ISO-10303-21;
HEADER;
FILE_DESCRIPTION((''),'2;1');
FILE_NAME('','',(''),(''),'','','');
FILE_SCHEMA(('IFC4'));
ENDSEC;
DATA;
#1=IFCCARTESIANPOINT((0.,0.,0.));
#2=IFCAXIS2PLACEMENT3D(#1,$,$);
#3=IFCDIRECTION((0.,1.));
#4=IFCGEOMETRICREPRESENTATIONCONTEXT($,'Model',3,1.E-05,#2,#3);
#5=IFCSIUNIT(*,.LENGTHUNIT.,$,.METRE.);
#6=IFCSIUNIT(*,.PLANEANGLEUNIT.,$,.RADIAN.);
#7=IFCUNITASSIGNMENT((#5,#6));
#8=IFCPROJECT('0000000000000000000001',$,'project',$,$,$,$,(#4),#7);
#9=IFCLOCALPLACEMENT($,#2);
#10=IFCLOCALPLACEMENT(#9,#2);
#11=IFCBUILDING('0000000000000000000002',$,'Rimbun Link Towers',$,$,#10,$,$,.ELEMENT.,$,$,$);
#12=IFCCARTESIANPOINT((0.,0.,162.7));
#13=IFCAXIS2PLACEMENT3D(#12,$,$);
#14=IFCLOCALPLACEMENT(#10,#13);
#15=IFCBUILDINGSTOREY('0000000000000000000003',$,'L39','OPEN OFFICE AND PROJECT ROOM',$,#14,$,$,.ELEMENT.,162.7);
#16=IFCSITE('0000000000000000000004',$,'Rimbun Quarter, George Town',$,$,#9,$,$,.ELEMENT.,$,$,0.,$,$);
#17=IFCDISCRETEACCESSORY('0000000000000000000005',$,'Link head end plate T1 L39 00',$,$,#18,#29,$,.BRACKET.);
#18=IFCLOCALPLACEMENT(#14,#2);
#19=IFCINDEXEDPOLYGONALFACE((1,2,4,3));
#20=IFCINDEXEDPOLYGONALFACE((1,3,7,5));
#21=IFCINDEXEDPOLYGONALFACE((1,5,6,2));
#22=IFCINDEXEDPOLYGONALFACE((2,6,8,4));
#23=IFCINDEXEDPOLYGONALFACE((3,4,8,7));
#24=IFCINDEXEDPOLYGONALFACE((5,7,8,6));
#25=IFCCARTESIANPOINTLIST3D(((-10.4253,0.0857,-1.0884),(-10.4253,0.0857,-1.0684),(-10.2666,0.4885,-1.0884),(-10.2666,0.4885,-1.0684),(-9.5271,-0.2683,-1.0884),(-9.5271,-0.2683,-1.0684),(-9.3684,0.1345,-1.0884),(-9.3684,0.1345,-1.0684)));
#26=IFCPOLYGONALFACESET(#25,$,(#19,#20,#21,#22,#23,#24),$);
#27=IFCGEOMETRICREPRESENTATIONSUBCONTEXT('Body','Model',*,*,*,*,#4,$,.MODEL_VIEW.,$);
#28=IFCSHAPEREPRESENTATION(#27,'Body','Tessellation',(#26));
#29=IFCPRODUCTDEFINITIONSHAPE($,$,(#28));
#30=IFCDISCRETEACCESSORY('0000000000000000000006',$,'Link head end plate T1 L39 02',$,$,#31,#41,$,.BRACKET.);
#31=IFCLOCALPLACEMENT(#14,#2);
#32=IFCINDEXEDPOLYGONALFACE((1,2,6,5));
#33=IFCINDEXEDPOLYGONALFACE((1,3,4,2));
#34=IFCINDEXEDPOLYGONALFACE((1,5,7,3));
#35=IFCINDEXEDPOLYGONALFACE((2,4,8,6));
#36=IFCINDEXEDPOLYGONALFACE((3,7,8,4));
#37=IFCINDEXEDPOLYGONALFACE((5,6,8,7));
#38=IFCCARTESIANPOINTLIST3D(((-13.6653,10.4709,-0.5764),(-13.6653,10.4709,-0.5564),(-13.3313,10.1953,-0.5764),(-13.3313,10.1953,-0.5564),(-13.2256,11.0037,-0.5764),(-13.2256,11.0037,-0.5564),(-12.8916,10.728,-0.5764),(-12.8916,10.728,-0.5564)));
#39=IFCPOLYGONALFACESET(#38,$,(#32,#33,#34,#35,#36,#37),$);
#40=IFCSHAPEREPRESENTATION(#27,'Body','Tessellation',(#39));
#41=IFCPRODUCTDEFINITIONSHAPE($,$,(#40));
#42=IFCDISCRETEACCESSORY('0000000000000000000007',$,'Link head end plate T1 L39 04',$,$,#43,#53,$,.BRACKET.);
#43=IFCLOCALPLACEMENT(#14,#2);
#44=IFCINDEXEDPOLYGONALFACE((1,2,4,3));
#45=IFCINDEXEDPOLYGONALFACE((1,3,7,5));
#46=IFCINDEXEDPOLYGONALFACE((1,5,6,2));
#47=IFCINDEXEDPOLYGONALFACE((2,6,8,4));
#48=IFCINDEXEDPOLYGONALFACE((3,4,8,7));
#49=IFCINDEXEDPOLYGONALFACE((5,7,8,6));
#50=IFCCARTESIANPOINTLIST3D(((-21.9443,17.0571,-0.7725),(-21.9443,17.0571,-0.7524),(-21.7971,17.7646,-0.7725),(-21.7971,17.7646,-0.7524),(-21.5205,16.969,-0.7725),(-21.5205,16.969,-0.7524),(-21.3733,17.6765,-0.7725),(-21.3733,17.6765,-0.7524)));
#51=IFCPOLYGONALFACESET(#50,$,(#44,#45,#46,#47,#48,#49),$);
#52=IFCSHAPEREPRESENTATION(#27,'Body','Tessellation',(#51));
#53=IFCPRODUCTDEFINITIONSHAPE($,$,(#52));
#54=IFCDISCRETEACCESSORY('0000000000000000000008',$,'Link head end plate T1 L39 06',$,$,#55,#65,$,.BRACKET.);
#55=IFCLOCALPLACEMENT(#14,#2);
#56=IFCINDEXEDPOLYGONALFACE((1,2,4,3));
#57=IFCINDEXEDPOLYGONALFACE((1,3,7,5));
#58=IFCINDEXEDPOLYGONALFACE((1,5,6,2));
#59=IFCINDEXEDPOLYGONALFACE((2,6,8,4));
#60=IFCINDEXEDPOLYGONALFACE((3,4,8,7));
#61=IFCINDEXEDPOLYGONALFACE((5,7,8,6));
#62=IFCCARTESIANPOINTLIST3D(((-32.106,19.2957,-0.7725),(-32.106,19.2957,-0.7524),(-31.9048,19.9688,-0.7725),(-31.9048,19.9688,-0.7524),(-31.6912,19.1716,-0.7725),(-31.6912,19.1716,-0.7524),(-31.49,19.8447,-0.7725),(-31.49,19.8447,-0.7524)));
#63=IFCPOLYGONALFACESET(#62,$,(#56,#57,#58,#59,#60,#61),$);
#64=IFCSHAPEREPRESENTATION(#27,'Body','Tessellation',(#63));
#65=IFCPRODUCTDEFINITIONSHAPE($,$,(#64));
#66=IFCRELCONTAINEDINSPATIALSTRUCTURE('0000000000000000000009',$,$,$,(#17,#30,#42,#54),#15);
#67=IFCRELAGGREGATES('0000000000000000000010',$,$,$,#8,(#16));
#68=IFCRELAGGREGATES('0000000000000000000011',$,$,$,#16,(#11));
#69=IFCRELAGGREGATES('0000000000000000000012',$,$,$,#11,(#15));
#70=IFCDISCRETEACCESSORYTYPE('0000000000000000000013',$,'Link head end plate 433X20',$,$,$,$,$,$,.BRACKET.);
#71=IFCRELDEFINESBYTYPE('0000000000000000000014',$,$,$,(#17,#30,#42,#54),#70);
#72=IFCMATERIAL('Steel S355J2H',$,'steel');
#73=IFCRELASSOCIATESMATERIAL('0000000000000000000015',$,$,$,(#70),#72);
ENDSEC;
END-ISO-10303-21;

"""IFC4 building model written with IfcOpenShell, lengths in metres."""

from ifc_helpers import new_model, si_unit, direction, frame, origin, origin_2d, place, context, subcontext, project, spatial, polyline, rectangle, outline, extrude, material, material_profile, profile_set, type_object, element, save


model = new_model("IFC4")

# Units and contexts
model_context = context("Model", 3, precision=1e-05, world=origin(), true_north=direction((0.0, 1.0)))
body_context = subcontext(model_context, "Body", "Model", "MODEL_VIEW")
ifc_project = project(units=[si_unit("LENGTHUNIT", "METRE"), si_unit("PLANEANGLEUNIT", "RADIAN")], contexts=[model_context])

# Site, building, storey
site_placement = place(None, origin())
site = spatial("IfcSite", under=ifc_project, at=site_placement, Name="Rimbun Quarter, George Town", CompositionType="ELEMENT", RefElevation=0.0)
building_placement = place(site_placement, origin())
building = spatial("IfcBuilding", under=site, at=building_placement, Name="Rimbun Link Towers", CompositionType="ELEMENT")
storey_placement = place(building_placement, frame((0.0, 0.0, 162.7)))
storey = spatial("IfcBuildingStorey", under=building, at=storey_placement, Name="L39", Description="OPEN OFFICE AND PROJECT ROOM", CompositionType="ELEMENT", Elevation=162.7)

# Discrete accessories
ifc_material_1 = material(Name="Steel S355J2H", Category="steel")
ifc_material_profile_1 = material_profile(ifc_material_1, rectangle(XDim=0.4331, YDim=0.4331, at=origin_2d()), Name="PL 433x433")
ifc_profile_set_1 = profile_set([ifc_material_profile_1], Name="Steel S355J2H")
discrete_accessory_type_1 = type_object("IfcDiscreteAccessoryType", Name="Link head end plate 433X20", PredefinedType="BRACKET", material=ifc_profile_set_1)
discrete_accessory_1_placement = place(storey_placement, frame((0.0, 0.0, -1.0884)))
element("IfcDiscreteAccessory", 1, at=discrete_accessory_1_placement, inside=storey, type_object=discrete_accessory_type_1, Name="Link head end plate T1 L39 00", PredefinedType="BRACKET", context=body_context, shape_type="SweptSolid", body=[
    extrude(outline(polyline([(-10.4253, 0.0857), (-9.5271, -0.2683), (-9.3684, 0.1345), (-10.2666, 0.4885), (-10.4253, 0.0857)])), origin(), (0.0, 0.0, 1.0), 0.02),
])
discrete_accessory_2_placement = place(storey_placement, frame((0.0, 0.0, -0.5764)))
element("IfcDiscreteAccessory", 2, at=discrete_accessory_2_placement, inside=storey, type_object=discrete_accessory_type_1, Name="Link head end plate T1 L39 02", PredefinedType="BRACKET", context=body_context, shape_type="SweptSolid", body=[
    extrude(outline(polyline([(-13.3313, 10.1953), (-12.8916, 10.728), (-13.2256, 11.0037), (-13.6653, 10.4709), (-13.3313, 10.1953)])), origin(), (0.0, 0.0, 1.0), 0.02),
])
discrete_accessory_3_placement = place(storey_placement, frame((0.0, 0.0, -0.7725)))
element("IfcDiscreteAccessory", 3, at=discrete_accessory_3_placement, inside=storey, type_object=discrete_accessory_type_1, Name="Link head end plate T1 L39 04", PredefinedType="BRACKET", context=body_context, shape_type="SweptSolid", body=[
    extrude(outline(polyline([(-21.5205, 16.969), (-21.3733, 17.6765), (-21.7971, 17.7646), (-21.9443, 17.0571), (-21.5205, 16.969)])), origin(), (0.0, 0.0, 1.0), 0.02),
])
discrete_accessory_4_placement = place(storey_placement, frame((0.0, 0.0, -0.7725)))
element("IfcDiscreteAccessory", 4, at=discrete_accessory_4_placement, inside=storey, type_object=discrete_accessory_type_1, Name="Link head end plate T1 L39 06", PredefinedType="BRACKET", context=body_context, shape_type="SweptSolid", body=[
    extrude(outline(polyline([(-31.6912, 19.1716), (-31.49, 19.8447), (-31.9048, 19.9688), (-32.106, 19.2957), (-31.6912, 19.1716)])), origin(), (0.0, 0.0, 1.0), 0.02),
])

save(model, "model.ifc")
